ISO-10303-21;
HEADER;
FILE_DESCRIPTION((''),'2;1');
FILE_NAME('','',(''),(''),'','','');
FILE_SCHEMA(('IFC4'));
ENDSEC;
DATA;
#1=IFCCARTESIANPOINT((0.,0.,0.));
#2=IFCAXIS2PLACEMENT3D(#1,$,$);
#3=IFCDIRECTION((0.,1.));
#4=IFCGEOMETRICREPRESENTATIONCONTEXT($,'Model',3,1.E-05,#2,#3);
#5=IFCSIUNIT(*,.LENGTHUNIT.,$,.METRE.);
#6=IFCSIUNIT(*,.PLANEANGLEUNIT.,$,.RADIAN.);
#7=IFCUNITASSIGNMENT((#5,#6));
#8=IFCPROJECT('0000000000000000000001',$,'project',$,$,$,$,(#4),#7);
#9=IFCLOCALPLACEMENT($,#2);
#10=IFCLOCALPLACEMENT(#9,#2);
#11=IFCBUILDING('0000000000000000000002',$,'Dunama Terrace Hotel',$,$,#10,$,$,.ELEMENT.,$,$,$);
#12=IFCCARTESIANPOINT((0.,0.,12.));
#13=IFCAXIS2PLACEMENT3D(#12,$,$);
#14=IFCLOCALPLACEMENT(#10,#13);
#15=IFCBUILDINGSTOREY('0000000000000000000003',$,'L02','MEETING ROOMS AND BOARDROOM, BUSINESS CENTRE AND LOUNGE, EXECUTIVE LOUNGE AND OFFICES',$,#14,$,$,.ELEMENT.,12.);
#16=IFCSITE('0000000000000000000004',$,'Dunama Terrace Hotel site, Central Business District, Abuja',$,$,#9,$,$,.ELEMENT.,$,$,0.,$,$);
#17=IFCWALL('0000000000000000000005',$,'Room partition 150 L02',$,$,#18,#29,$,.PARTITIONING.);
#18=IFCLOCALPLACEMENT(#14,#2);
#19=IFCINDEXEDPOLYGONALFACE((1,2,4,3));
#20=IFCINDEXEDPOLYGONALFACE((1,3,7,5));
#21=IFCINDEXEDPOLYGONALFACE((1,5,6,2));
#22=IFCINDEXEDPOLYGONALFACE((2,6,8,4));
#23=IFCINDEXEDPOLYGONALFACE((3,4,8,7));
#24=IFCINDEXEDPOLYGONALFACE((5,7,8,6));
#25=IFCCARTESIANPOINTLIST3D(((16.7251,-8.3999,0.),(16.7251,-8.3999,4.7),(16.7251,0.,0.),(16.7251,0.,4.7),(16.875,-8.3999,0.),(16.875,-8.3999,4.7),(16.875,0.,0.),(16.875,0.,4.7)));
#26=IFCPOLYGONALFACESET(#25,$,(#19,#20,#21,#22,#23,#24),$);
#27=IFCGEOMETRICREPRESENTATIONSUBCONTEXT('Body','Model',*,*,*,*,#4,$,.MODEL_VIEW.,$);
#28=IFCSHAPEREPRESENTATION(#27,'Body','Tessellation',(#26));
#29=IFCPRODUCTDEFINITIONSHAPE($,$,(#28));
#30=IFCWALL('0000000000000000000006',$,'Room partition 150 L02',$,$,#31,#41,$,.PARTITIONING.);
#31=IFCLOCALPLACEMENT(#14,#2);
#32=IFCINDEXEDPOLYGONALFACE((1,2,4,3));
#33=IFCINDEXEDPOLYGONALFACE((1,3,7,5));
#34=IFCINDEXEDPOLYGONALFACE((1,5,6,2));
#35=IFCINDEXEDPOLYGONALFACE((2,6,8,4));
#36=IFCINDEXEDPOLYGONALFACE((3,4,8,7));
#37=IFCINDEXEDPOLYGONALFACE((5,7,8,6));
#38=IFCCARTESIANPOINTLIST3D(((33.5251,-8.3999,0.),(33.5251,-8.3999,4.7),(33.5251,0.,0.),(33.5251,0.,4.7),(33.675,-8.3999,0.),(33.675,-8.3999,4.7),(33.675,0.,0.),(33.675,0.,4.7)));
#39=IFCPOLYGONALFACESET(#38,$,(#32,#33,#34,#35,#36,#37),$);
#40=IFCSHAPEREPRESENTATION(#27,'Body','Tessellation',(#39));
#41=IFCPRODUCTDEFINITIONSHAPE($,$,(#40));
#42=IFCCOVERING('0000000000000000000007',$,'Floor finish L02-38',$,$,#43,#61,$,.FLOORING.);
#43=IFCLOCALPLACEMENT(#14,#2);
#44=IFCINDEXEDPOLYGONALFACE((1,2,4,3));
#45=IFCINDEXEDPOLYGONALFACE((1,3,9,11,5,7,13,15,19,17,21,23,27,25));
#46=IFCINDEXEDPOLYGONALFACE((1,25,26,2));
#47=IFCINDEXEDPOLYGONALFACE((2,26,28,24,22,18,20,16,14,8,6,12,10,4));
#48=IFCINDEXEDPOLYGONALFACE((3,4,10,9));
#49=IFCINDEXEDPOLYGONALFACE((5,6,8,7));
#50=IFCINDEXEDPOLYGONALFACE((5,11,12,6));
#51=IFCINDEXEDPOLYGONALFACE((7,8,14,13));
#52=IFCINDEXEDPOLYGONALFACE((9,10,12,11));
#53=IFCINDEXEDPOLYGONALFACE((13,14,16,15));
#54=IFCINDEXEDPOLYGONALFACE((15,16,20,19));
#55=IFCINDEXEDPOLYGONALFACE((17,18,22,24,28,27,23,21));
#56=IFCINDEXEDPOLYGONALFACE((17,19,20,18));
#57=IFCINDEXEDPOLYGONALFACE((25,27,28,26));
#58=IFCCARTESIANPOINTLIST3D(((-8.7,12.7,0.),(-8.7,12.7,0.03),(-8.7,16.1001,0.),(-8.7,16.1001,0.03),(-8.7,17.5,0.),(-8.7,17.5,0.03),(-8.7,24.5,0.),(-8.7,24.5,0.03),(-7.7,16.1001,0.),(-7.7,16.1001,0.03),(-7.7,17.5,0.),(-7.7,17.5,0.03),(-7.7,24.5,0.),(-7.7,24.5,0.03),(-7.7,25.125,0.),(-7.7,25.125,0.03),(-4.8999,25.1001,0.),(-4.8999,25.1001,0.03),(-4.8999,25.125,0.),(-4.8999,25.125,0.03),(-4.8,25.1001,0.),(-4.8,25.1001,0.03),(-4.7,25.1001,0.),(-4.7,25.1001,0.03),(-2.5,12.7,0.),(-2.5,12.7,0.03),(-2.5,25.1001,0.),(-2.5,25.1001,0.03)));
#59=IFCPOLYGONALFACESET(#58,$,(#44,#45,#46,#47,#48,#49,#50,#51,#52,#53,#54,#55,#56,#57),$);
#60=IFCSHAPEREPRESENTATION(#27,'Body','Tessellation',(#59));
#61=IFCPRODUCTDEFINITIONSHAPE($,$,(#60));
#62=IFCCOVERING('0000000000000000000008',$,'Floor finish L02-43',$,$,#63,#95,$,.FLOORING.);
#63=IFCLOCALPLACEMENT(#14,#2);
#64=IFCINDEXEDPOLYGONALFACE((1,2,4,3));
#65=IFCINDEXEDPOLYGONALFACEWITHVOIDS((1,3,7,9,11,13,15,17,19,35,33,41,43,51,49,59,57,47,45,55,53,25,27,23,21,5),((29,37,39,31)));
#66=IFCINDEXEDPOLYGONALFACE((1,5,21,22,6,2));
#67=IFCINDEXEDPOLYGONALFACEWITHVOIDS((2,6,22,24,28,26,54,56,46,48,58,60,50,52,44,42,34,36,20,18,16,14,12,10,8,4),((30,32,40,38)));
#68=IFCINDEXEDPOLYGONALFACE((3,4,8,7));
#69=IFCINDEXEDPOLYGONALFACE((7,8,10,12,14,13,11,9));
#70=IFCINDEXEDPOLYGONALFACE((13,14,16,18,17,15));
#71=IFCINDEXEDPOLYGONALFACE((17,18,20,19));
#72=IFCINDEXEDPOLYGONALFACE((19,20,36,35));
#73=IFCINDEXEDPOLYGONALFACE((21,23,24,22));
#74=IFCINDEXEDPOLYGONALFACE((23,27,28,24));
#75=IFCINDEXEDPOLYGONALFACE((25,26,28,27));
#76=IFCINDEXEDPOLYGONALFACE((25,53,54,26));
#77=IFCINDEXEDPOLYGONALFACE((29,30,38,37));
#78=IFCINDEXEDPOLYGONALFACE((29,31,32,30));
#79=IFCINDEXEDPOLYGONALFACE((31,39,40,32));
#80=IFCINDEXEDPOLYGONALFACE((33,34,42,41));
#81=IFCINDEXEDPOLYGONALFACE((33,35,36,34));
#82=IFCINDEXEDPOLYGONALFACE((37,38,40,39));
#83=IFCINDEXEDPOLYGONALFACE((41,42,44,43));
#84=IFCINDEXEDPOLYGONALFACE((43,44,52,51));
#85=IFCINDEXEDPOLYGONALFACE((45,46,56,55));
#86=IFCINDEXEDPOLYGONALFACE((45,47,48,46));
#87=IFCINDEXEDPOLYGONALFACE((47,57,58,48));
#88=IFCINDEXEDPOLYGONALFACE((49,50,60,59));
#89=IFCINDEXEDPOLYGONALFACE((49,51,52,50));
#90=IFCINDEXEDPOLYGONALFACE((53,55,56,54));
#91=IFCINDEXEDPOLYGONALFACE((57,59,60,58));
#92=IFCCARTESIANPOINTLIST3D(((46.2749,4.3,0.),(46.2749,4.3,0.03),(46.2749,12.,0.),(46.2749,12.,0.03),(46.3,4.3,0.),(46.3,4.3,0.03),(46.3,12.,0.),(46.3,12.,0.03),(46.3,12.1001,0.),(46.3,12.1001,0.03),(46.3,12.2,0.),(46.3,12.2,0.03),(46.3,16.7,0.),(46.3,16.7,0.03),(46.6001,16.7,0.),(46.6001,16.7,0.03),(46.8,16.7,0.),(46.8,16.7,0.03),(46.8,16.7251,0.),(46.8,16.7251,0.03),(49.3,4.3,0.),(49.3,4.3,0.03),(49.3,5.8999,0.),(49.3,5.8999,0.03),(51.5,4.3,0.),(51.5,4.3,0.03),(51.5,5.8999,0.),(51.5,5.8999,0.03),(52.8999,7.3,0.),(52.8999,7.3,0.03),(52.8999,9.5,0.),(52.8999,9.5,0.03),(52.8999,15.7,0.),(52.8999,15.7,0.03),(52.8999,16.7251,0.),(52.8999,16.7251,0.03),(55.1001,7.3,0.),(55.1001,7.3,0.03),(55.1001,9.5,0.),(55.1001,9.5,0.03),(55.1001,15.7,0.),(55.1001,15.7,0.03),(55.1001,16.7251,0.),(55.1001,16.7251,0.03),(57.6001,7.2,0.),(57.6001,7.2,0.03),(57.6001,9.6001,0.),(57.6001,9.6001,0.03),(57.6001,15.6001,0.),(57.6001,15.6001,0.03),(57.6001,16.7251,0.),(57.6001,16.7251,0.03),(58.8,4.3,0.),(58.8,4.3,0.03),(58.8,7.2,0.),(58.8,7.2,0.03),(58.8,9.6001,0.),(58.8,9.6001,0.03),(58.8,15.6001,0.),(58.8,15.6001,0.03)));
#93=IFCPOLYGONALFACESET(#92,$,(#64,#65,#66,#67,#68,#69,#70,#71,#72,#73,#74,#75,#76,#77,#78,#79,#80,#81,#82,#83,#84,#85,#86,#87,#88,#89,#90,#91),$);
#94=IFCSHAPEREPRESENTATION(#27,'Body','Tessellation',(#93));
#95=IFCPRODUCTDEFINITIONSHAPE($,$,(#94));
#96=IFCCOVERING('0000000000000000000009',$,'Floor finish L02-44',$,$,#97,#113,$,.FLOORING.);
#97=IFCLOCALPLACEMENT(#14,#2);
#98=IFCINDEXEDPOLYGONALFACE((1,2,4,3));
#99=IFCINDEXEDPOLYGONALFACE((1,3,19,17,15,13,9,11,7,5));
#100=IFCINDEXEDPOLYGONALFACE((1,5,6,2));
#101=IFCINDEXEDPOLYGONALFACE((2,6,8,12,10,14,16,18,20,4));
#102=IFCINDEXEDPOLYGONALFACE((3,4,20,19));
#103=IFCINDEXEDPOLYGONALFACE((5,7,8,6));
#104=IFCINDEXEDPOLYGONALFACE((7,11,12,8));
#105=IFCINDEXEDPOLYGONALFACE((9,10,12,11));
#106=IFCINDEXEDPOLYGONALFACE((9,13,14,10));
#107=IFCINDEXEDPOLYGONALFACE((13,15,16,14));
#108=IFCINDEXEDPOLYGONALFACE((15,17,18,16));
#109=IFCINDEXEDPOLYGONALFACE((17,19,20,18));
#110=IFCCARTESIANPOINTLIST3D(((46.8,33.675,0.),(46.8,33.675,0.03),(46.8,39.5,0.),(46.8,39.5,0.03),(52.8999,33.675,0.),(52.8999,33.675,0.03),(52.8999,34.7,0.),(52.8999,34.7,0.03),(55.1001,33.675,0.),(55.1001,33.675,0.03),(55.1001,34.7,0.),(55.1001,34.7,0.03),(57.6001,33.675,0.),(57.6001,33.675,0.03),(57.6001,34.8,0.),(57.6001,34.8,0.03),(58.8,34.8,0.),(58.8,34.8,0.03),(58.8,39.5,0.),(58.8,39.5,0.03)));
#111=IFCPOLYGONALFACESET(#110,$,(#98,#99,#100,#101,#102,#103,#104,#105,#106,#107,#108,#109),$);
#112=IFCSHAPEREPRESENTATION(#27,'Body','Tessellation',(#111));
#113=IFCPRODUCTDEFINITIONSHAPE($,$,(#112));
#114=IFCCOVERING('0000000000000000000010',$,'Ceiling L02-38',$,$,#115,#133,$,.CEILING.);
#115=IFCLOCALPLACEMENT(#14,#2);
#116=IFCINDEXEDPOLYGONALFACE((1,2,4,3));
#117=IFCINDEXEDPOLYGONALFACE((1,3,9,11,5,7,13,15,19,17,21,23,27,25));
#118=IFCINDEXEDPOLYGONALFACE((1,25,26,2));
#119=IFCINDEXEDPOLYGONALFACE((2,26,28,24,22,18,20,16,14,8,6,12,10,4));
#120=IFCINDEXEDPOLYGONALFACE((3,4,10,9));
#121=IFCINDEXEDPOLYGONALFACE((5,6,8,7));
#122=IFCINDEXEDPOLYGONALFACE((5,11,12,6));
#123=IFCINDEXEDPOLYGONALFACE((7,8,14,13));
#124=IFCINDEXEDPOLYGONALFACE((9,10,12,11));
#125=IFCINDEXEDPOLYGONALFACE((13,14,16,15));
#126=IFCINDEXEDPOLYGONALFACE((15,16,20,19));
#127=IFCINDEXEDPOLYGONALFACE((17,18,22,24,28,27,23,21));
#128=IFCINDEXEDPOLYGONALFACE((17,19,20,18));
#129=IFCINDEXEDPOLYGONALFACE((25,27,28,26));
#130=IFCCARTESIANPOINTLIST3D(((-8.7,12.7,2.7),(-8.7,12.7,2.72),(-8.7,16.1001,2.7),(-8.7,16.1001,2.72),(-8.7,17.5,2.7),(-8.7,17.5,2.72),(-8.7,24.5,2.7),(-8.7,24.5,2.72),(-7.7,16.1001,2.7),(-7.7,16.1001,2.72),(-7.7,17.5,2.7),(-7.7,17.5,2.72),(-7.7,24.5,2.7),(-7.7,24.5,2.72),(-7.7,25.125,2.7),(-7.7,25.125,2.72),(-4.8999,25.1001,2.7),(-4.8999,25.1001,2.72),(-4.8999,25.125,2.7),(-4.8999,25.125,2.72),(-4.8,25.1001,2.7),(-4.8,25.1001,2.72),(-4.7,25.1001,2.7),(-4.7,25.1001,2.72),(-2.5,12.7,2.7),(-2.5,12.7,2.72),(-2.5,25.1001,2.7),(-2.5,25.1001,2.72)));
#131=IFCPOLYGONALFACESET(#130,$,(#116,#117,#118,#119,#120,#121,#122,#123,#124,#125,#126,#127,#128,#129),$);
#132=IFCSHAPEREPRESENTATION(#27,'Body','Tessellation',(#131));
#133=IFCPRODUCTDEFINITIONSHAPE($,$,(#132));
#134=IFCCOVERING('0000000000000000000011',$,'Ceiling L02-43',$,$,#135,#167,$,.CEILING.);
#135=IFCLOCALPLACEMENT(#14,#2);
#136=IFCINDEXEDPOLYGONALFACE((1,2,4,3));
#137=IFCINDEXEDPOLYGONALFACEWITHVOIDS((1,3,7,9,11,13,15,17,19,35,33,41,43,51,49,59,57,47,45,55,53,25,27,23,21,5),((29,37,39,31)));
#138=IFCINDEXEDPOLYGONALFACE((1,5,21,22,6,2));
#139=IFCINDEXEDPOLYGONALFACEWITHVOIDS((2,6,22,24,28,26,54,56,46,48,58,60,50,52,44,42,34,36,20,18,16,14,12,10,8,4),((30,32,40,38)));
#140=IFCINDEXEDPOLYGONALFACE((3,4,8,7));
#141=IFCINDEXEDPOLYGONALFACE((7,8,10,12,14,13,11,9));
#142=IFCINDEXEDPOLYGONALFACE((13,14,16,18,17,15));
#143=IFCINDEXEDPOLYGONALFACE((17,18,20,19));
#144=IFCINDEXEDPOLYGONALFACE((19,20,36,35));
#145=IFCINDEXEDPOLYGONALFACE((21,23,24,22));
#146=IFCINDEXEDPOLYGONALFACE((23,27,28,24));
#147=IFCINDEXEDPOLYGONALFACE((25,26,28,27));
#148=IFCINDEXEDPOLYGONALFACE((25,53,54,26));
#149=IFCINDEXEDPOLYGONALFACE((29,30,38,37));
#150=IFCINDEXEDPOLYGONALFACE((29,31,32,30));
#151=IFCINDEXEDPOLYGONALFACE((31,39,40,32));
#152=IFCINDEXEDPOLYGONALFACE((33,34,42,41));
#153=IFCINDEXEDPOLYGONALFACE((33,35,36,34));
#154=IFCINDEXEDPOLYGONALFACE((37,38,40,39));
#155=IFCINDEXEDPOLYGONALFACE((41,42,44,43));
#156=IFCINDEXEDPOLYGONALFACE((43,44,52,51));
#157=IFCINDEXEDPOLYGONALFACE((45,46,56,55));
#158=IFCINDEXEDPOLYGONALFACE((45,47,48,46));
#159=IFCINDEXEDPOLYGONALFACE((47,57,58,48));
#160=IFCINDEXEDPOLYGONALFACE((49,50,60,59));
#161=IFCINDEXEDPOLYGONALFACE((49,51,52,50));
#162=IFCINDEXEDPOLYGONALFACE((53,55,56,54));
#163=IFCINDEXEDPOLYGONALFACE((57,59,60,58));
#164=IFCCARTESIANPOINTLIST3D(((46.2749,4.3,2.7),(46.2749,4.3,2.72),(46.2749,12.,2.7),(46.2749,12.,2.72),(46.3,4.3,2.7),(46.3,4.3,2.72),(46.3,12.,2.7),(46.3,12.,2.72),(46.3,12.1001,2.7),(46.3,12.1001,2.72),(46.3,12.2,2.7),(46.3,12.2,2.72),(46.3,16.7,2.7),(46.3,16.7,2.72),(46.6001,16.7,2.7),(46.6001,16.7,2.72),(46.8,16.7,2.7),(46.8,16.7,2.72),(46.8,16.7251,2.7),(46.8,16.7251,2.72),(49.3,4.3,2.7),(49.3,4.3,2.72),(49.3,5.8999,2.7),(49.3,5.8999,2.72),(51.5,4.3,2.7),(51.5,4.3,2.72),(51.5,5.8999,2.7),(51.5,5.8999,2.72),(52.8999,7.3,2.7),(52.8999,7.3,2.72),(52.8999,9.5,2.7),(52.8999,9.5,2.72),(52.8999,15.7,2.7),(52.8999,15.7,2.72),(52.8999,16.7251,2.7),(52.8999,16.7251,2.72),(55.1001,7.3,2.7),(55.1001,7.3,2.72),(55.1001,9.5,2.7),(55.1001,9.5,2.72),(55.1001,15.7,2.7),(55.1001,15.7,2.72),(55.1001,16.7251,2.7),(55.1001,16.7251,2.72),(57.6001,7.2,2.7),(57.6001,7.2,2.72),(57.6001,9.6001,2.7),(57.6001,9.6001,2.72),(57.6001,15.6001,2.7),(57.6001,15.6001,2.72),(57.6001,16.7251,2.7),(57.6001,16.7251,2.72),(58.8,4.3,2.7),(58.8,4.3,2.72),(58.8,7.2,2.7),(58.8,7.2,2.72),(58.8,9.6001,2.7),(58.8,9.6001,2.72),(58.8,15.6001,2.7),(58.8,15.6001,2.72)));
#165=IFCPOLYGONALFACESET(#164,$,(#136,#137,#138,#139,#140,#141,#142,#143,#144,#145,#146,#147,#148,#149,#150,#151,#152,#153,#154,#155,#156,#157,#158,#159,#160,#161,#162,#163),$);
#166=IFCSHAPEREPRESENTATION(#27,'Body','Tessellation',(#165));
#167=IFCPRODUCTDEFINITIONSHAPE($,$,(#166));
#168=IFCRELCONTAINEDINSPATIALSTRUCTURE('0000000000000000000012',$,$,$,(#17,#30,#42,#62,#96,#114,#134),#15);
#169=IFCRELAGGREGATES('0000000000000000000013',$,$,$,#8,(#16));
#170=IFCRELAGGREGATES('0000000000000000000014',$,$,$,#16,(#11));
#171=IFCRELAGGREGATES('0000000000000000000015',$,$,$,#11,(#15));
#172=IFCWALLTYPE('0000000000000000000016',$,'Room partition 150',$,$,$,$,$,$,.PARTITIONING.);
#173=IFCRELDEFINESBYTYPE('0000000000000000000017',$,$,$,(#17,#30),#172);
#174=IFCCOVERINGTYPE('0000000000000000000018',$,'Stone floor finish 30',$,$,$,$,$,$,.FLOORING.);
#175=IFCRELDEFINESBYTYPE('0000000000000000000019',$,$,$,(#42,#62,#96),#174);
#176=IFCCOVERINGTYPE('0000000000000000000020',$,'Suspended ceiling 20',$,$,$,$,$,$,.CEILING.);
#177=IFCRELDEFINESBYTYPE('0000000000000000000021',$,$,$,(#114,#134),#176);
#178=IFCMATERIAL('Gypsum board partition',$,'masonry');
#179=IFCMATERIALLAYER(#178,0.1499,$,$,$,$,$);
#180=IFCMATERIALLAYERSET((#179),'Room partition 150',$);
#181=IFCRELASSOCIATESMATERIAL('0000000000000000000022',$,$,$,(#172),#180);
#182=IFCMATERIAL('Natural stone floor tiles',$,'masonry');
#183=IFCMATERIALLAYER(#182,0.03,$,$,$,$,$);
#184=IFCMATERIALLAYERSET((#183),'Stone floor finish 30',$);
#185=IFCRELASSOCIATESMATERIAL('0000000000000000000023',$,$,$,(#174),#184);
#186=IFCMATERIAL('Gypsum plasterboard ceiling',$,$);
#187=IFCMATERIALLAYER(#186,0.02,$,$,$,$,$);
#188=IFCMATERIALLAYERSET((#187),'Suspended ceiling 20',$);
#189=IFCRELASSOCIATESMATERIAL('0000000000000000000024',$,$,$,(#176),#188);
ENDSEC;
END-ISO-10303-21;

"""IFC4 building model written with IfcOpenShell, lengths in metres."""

from ifc_helpers import new_model, si_unit, direction, frame, frame_2d, origin, place, context, subcontext, project, spatial, polyline, rectangle, outline, extrude, material, layer, layer_set, type_object, element, save


model = new_model("IFC4")

# Units and contexts
model_context = context("Model", 3, precision=1e-05, world=origin(), true_north=direction((0.0, 1.0)))
body_context = subcontext(model_context, "Body", "Model", "MODEL_VIEW")
ifc_project = project(units=[si_unit("LENGTHUNIT", "METRE"), si_unit("PLANEANGLEUNIT", "RADIAN")], contexts=[model_context])

# Site, building, storey
site_placement = place(None, origin())
site = spatial("IfcSite", under=ifc_project, at=site_placement, Name="Dunama Terrace Hotel site, Central Business District, Abuja", CompositionType="ELEMENT", RefElevation=0.0)
building_placement = place(site_placement, origin())
building = spatial("IfcBuilding", under=site, at=building_placement, Name="Dunama Terrace Hotel", CompositionType="ELEMENT")
storey_placement = place(building_placement, frame((0.0, 0.0, 12.0)))
storey = spatial("IfcBuildingStorey", under=building, at=storey_placement, Name="L02", Description="MEETING ROOMS AND BOARDROOM, BUSINESS CENTRE AND LOUNGE, EXECUTIVE LOUNGE AND OFFICES", CompositionType="ELEMENT", Elevation=12.0)

# Walls
ifc_material_1 = material(Name="Gypsum board partition", Category="masonry")
ifc_layer_1 = layer(ifc_material_1, 0.1499)
ifc_layer_set_1 = layer_set([ifc_layer_1], Name="Room partition 150")
wall_type = type_object("IfcWallType", Name="Room partition 150", PredefinedType="PARTITIONING", material=ifc_layer_set_1)
for number, where, z_axis, x_axis, name in (
    (1, (16.8, -8.3999, 0.0), (0.0, 0.0, 1.0), (0.0, 1.0, 0.0), "Room partition 150 L02"),
    (2, (33.6001, -8.3999, 0.0), (0.0, 0.0, 1.0), (0.0, 1.0, 0.0), "Room partition 150 L02"),
):
    element("IfcWall", number, at=place(storey_placement, frame(where, z_axis=z_axis, x_axis=x_axis)), inside=storey, type_object=wall_type, Name=name, PredefinedType="PARTITIONING", context=body_context, shape_type="SweptSolid", body=[
        extrude(rectangle(XDim=8.3999, YDim=0.1499, at=frame_2d((4.2, 0.0))), origin(), (0.0, 0.0, 1.0), 4.7),
    ])

# Coverings
ifc_material_2 = material(Name="Natural stone floor tiles", Category="masonry")
ifc_layer_2 = layer(ifc_material_2, 0.03)
ifc_layer_set_2 = layer_set([ifc_layer_2], Name="Stone floor finish 30")
covering_type_1 = type_object("IfcCoveringType", Name="Stone floor finish 30", PredefinedType="FLOORING", material=ifc_layer_set_2)
covering_1_placement = place(storey_placement, origin())
element("IfcCovering", 3, at=covering_1_placement, inside=storey, type_object=covering_type_1, Name="Floor finish L02-38", PredefinedType="FLOORING", context=body_context, shape_type="SweptSolid", body=[
    extrude(outline(polyline([(-7.7, 24.5), (-8.7, 24.5), (-8.7, 17.5), (-7.7, 17.5), (-7.7, 16.1001), (-8.7, 16.1001), (-8.7, 12.7), (-2.5, 12.7), (-2.5, 25.1001), (-4.7, 25.1001), (-4.8, 25.1001), (-4.8999, 25.1001), (-4.8999, 25.125), (-7.7, 25.125), (-7.7, 24.5)])), origin(), (0.0, 0.0, 1.0), 0.03),
])
covering_2_placement = place(storey_placement, origin())
element("IfcCovering", 4, at=covering_2_placement, inside=storey, type_object=covering_type_1, Name="Floor finish L02-43", PredefinedType="FLOORING", context=body_context, shape_type="SweptSolid", body=[
    extrude(outline(polyline([(58.8, 9.6001), (58.8, 15.6001), (57.6001, 15.6001), (57.6001, 16.7251), (55.1001, 16.7251), (55.1001, 15.7), (52.8999, 15.7), (52.8999, 16.7251), (46.8, 16.7251), (46.8, 16.7), (46.6001, 16.7), (46.3, 16.7), (46.3, 12.2), (46.3, 12.1001), (46.3, 12.0), (46.2749, 12.0), (46.2749, 4.3), (46.3, 4.3), (49.3, 4.3), (49.3, 5.8999), (51.5, 5.8999), (51.5, 4.3), (58.8, 4.3), (58.8, 7.2), (57.6001, 7.2), (57.6001, 9.6001), (58.8, 9.6001)]), holes=[polyline([(55.1001, 9.5), (55.1001, 7.3), (52.8999, 7.3), (52.8999, 9.5), (55.1001, 9.5)])]), origin(), (0.0, 0.0, 1.0), 0.03),
])
covering_3_placement = place(storey_placement, origin())
element("IfcCovering", 5, at=covering_3_placement, inside=storey, type_object=covering_type_1, Name="Floor finish L02-44", PredefinedType="FLOORING", context=body_context, shape_type="SweptSolid", body=[
    extrude(outline(polyline([(58.8, 34.8), (58.8, 39.5), (46.8, 39.5), (46.8, 33.675), (52.8999, 33.675), (52.8999, 34.7), (55.1001, 34.7), (55.1001, 33.675), (57.6001, 33.675), (57.6001, 34.8), (58.8, 34.8)])), origin(), (0.0, 0.0, 1.0), 0.03),
])
ifc_material_3 = material(Name="Gypsum plasterboard ceiling")
ifc_layer_3 = layer(ifc_material_3, 0.02)
ifc_layer_set_3 = layer_set([ifc_layer_3], Name="Suspended ceiling 20")
covering_type_2 = type_object("IfcCoveringType", Name="Suspended ceiling 20", PredefinedType="CEILING", material=ifc_layer_set_3)
covering_4_placement = place(storey_placement, frame((0.0, 0.0, 2.7)))
element("IfcCovering", 6, at=covering_4_placement, inside=storey, type_object=covering_type_2, Name="Ceiling L02-38", PredefinedType="CEILING", context=body_context, shape_type="SweptSolid", body=[
    extrude(outline(polyline([(-7.7, 25.125), (-7.7, 24.5), (-8.7, 24.5), (-8.7, 17.5), (-7.7, 17.5), (-7.7, 16.1001), (-8.7, 16.1001), (-8.7, 12.7), (-2.5, 12.7), (-2.5, 25.1001), (-4.7, 25.1001), (-4.8, 25.1001), (-4.8999, 25.1001), (-4.8999, 25.125), (-7.7, 25.125)])), origin(), (0.0, 0.0, 1.0), 0.02),
])
covering_5_placement = place(storey_placement, frame((0.0, 0.0, 2.7)))
element("IfcCovering", 7, at=covering_5_placement, inside=storey, type_object=covering_type_2, Name="Ceiling L02-43", PredefinedType="CEILING", context=body_context, shape_type="SweptSolid", body=[
    extrude(outline(polyline([(57.6001, 9.6001), (58.8, 9.6001), (58.8, 15.6001), (57.6001, 15.6001), (57.6001, 16.7251), (55.1001, 16.7251), (55.1001, 15.7), (52.8999, 15.7), (52.8999, 16.7251), (46.8, 16.7251), (46.8, 16.7), (46.6001, 16.7), (46.3, 16.7), (46.3, 12.2), (46.3, 12.1001), (46.3, 12.0), (46.2749, 12.0), (46.2749, 4.3), (46.3, 4.3), (49.3, 4.3), (49.3, 5.8999), (51.5, 5.8999), (51.5, 4.3), (58.8, 4.3), (58.8, 7.2), (57.6001, 7.2), (57.6001, 9.6001)]), holes=[polyline([(52.8999, 9.5), (55.1001, 9.5), (55.1001, 7.3), (52.8999, 7.3), (52.8999, 9.5)])]), origin(), (0.0, 0.0, 1.0), 0.02),
])

save(model, "model.ifc")
